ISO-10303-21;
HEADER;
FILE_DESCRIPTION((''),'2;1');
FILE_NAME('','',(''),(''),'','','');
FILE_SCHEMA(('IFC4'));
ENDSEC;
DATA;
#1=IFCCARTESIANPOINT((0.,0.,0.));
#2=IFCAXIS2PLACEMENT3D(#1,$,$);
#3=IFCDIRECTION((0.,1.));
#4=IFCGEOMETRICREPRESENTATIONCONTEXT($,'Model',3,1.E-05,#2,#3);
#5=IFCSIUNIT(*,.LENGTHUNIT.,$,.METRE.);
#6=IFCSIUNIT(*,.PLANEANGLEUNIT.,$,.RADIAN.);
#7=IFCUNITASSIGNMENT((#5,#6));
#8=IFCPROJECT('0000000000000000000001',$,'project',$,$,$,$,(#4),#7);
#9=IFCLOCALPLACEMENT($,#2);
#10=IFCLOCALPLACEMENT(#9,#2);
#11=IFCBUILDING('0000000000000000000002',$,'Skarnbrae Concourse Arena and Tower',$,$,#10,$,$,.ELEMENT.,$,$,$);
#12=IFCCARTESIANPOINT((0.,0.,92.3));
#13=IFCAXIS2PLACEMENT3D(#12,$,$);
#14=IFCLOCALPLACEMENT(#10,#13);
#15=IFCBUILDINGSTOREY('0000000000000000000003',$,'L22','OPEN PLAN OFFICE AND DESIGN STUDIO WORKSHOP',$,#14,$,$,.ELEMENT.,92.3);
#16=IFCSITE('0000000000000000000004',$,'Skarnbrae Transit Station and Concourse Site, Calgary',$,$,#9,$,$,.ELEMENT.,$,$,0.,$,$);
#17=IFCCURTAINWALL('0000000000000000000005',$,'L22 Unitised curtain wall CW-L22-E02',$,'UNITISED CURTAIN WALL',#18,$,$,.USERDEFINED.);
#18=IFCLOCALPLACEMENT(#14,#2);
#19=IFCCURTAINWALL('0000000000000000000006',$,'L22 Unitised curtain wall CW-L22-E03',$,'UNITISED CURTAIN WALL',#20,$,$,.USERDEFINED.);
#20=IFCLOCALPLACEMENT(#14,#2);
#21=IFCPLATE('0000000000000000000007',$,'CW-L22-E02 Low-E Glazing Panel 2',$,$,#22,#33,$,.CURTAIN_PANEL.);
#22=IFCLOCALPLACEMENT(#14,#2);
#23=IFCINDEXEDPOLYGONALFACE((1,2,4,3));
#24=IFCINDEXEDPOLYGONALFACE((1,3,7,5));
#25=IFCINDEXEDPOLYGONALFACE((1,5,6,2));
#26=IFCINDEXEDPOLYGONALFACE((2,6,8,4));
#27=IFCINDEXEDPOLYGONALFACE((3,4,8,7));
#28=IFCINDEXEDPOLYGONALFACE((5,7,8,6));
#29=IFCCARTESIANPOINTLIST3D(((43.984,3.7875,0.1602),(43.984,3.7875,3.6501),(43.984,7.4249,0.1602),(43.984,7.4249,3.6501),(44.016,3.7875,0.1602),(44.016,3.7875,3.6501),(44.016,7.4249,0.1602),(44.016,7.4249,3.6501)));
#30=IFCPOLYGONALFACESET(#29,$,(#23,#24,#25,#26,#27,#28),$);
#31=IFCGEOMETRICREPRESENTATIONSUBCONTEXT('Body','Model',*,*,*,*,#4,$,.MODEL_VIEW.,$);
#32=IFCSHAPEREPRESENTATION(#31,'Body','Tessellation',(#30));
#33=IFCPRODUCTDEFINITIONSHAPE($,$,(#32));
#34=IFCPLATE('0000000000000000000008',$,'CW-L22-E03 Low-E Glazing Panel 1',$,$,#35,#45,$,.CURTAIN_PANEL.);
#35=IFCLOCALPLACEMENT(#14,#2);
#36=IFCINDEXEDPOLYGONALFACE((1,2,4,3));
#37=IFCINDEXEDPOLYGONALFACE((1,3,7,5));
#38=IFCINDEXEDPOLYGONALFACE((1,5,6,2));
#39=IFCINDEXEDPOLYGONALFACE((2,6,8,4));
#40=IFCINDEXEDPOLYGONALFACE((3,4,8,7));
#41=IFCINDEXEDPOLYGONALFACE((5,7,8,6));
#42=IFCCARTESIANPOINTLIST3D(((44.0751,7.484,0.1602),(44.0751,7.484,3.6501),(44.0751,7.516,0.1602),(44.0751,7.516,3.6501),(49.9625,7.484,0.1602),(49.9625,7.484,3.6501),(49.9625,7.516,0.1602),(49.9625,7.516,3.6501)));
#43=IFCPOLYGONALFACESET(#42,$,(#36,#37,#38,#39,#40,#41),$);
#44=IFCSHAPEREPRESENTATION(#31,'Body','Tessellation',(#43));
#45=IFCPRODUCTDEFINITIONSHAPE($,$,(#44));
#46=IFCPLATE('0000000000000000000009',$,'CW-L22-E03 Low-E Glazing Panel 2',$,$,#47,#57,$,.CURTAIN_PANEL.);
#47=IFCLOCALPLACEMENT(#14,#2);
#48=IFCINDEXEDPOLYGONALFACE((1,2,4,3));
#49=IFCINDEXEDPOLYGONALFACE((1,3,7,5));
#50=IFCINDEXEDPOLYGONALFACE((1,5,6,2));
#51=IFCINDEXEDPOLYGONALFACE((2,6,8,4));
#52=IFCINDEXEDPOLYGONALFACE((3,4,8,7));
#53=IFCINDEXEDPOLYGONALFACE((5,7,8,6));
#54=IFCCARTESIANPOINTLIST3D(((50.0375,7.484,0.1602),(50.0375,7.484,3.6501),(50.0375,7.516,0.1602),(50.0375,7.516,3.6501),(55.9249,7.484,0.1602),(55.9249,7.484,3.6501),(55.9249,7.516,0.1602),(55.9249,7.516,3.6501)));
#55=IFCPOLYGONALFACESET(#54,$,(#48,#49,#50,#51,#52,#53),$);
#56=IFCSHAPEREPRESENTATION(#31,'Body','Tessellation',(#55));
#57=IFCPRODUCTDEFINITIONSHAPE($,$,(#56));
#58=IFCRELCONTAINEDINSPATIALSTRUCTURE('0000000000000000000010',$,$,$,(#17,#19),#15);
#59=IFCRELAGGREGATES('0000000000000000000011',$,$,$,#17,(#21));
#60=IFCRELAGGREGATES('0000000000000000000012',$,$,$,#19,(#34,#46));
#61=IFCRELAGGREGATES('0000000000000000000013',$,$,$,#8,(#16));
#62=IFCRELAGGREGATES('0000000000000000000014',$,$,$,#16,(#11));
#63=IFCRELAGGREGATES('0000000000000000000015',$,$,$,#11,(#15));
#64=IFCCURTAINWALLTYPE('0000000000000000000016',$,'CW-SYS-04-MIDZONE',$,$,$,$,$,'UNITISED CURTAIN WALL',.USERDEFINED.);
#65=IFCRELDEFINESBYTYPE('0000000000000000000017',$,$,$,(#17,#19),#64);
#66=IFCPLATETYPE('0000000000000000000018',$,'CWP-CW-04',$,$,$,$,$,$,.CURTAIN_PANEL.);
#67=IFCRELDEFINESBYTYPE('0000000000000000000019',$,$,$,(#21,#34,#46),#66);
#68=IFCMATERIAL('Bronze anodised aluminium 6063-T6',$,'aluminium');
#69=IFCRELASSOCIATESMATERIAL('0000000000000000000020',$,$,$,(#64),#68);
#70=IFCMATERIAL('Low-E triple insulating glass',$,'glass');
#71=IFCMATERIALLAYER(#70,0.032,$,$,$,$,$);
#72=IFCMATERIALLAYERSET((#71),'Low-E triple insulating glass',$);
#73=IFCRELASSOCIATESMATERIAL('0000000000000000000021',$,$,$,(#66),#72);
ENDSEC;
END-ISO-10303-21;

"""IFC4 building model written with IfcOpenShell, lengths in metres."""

from ifc_helpers import new_model, si_unit, direction, frame, origin, origin_2d, place, context, subcontext, project, spatial, rectangle, extrude, source, transform, mapped, material, layer, layer_set, type_object, element, aggregate, save


model = new_model("IFC4")

# Units and contexts
model_context = context("Model", 3, precision=1e-05, world=origin(), true_north=direction((0.0, 1.0)))
body_context = subcontext(model_context, "Body", "Model", "MODEL_VIEW")
ifc_project = project(units=[si_unit("LENGTHUNIT", "METRE"), si_unit("PLANEANGLEUNIT", "RADIAN")], contexts=[model_context])

# Site, building, storey
site_placement = place(None, origin())
site = spatial("IfcSite", under=ifc_project, at=site_placement, Name="Skarnbrae Transit Station and Concourse Site, Calgary", CompositionType="ELEMENT", RefElevation=0.0)
building_placement = place(site_placement, origin())
building = spatial("IfcBuilding", under=site, at=building_placement, Name="Skarnbrae Concourse Arena and Tower", CompositionType="ELEMENT")
storey_placement = place(building_placement, frame((0.0, 0.0, 92.3)))
storey = spatial("IfcBuildingStorey", under=building, at=storey_placement, Name="L22", Description="OPEN PLAN OFFICE AND DESIGN STUDIO WORKSHOP", CompositionType="ELEMENT", Elevation=92.3)

# Curtain walls
ifc_material_1 = material(Name="Bronze anodised aluminium 6063-T6", Category="aluminium")
curtain_wall_type = type_object("IfcCurtainWallType", Name="CW-SYS-04-MIDZONE", ElementType="UNITISED CURTAIN WALL", PredefinedType="USERDEFINED", material=ifc_material_1)
curtain_wall_1_placement = place(storey_placement, origin())
curtain_wall_1 = element("IfcCurtainWall", 1, at=curtain_wall_1_placement, inside=storey, type_object=curtain_wall_type, Name="L22 Unitised curtain wall CW-L22-E02", ObjectType="UNITISED CURTAIN WALL", PredefinedType="USERDEFINED")
curtain_wall_2_placement = place(storey_placement, origin())
curtain_wall_2 = element("IfcCurtainWall", 2, at=curtain_wall_2_placement, inside=storey, type_object=curtain_wall_type, Name="L22 Unitised curtain wall CW-L22-E03", ObjectType="UNITISED CURTAIN WALL", PredefinedType="USERDEFINED")

# Plates
ifc_material_2 = material(Name="Low-E triple insulating glass", Category="glass")
ifc_layer = layer(ifc_material_2, 0.032)
ifc_layer_set = layer_set([ifc_layer], Name="Low-E triple insulating glass")
plate_type = type_object("IfcPlateType", Name="CWP-CW-04", PredefinedType="CURTAIN_PANEL", material=ifc_layer_set)
shared_shape_1 = source(origin(), body_context, "Body", "SweptSolid", [
    extrude(rectangle(XDim=3.6375, YDim=0.032, at=origin_2d()), origin(), (0.0, 0.0, 1.0), 3.49),
])
plate_1_placement = place(storey_placement, frame((44.0, 5.6062, 0.1602), z_axis=(0.0, 0.0, 1.0), x_axis=(0.0, 1.0, 0.0)))
plate_1 = element("IfcPlate", 3, at=plate_1_placement, type_object=plate_type, Name="CW-L22-E02 Low-E Glazing Panel 2", PredefinedType="CURTAIN_PANEL", context=body_context, shape_type="MappedRepresentation", body=[
    mapped(shared_shape_1, transform((0.0, 0.0, 0.0))),
])
aggregate(curtain_wall_1, [plate_1])
shared_shape_2 = source(origin(), body_context, "Body", "SweptSolid", [
    extrude(rectangle(XDim=5.8875, YDim=0.032, at=origin_2d()), origin(), (0.0, 0.0, 1.0), 3.49),
])
plate_2_placement = place(storey_placement, frame((47.0188, 7.5, 0.1602), z_axis=(0.0, 0.0, 1.0), x_axis=(1.0, 0.0, 0.0)))
plate_2 = element("IfcPlate", 4, at=plate_2_placement, type_object=plate_type, Name="CW-L22-E03 Low-E Glazing Panel 1", PredefinedType="CURTAIN_PANEL", context=body_context, shape_type="MappedRepresentation", body=[
    mapped(shared_shape_2, transform((0.0, 0.0, 0.0))),
])
plate_3_placement = place(storey_placement, frame((52.9812, 7.5, 0.1602), z_axis=(0.0, 0.0, 1.0), x_axis=(1.0, 0.0, 0.0)))
plate_3 = element("IfcPlate", 5, at=plate_3_placement, type_object=plate_type, Name="CW-L22-E03 Low-E Glazing Panel 2", PredefinedType="CURTAIN_PANEL", context=body_context, shape_type="MappedRepresentation", body=[
    mapped(shared_shape_2, transform((0.0, 0.0, 0.0))),
])
aggregate(curtain_wall_2, [plate_2, plate_3])

save(model, "model.ifc")
